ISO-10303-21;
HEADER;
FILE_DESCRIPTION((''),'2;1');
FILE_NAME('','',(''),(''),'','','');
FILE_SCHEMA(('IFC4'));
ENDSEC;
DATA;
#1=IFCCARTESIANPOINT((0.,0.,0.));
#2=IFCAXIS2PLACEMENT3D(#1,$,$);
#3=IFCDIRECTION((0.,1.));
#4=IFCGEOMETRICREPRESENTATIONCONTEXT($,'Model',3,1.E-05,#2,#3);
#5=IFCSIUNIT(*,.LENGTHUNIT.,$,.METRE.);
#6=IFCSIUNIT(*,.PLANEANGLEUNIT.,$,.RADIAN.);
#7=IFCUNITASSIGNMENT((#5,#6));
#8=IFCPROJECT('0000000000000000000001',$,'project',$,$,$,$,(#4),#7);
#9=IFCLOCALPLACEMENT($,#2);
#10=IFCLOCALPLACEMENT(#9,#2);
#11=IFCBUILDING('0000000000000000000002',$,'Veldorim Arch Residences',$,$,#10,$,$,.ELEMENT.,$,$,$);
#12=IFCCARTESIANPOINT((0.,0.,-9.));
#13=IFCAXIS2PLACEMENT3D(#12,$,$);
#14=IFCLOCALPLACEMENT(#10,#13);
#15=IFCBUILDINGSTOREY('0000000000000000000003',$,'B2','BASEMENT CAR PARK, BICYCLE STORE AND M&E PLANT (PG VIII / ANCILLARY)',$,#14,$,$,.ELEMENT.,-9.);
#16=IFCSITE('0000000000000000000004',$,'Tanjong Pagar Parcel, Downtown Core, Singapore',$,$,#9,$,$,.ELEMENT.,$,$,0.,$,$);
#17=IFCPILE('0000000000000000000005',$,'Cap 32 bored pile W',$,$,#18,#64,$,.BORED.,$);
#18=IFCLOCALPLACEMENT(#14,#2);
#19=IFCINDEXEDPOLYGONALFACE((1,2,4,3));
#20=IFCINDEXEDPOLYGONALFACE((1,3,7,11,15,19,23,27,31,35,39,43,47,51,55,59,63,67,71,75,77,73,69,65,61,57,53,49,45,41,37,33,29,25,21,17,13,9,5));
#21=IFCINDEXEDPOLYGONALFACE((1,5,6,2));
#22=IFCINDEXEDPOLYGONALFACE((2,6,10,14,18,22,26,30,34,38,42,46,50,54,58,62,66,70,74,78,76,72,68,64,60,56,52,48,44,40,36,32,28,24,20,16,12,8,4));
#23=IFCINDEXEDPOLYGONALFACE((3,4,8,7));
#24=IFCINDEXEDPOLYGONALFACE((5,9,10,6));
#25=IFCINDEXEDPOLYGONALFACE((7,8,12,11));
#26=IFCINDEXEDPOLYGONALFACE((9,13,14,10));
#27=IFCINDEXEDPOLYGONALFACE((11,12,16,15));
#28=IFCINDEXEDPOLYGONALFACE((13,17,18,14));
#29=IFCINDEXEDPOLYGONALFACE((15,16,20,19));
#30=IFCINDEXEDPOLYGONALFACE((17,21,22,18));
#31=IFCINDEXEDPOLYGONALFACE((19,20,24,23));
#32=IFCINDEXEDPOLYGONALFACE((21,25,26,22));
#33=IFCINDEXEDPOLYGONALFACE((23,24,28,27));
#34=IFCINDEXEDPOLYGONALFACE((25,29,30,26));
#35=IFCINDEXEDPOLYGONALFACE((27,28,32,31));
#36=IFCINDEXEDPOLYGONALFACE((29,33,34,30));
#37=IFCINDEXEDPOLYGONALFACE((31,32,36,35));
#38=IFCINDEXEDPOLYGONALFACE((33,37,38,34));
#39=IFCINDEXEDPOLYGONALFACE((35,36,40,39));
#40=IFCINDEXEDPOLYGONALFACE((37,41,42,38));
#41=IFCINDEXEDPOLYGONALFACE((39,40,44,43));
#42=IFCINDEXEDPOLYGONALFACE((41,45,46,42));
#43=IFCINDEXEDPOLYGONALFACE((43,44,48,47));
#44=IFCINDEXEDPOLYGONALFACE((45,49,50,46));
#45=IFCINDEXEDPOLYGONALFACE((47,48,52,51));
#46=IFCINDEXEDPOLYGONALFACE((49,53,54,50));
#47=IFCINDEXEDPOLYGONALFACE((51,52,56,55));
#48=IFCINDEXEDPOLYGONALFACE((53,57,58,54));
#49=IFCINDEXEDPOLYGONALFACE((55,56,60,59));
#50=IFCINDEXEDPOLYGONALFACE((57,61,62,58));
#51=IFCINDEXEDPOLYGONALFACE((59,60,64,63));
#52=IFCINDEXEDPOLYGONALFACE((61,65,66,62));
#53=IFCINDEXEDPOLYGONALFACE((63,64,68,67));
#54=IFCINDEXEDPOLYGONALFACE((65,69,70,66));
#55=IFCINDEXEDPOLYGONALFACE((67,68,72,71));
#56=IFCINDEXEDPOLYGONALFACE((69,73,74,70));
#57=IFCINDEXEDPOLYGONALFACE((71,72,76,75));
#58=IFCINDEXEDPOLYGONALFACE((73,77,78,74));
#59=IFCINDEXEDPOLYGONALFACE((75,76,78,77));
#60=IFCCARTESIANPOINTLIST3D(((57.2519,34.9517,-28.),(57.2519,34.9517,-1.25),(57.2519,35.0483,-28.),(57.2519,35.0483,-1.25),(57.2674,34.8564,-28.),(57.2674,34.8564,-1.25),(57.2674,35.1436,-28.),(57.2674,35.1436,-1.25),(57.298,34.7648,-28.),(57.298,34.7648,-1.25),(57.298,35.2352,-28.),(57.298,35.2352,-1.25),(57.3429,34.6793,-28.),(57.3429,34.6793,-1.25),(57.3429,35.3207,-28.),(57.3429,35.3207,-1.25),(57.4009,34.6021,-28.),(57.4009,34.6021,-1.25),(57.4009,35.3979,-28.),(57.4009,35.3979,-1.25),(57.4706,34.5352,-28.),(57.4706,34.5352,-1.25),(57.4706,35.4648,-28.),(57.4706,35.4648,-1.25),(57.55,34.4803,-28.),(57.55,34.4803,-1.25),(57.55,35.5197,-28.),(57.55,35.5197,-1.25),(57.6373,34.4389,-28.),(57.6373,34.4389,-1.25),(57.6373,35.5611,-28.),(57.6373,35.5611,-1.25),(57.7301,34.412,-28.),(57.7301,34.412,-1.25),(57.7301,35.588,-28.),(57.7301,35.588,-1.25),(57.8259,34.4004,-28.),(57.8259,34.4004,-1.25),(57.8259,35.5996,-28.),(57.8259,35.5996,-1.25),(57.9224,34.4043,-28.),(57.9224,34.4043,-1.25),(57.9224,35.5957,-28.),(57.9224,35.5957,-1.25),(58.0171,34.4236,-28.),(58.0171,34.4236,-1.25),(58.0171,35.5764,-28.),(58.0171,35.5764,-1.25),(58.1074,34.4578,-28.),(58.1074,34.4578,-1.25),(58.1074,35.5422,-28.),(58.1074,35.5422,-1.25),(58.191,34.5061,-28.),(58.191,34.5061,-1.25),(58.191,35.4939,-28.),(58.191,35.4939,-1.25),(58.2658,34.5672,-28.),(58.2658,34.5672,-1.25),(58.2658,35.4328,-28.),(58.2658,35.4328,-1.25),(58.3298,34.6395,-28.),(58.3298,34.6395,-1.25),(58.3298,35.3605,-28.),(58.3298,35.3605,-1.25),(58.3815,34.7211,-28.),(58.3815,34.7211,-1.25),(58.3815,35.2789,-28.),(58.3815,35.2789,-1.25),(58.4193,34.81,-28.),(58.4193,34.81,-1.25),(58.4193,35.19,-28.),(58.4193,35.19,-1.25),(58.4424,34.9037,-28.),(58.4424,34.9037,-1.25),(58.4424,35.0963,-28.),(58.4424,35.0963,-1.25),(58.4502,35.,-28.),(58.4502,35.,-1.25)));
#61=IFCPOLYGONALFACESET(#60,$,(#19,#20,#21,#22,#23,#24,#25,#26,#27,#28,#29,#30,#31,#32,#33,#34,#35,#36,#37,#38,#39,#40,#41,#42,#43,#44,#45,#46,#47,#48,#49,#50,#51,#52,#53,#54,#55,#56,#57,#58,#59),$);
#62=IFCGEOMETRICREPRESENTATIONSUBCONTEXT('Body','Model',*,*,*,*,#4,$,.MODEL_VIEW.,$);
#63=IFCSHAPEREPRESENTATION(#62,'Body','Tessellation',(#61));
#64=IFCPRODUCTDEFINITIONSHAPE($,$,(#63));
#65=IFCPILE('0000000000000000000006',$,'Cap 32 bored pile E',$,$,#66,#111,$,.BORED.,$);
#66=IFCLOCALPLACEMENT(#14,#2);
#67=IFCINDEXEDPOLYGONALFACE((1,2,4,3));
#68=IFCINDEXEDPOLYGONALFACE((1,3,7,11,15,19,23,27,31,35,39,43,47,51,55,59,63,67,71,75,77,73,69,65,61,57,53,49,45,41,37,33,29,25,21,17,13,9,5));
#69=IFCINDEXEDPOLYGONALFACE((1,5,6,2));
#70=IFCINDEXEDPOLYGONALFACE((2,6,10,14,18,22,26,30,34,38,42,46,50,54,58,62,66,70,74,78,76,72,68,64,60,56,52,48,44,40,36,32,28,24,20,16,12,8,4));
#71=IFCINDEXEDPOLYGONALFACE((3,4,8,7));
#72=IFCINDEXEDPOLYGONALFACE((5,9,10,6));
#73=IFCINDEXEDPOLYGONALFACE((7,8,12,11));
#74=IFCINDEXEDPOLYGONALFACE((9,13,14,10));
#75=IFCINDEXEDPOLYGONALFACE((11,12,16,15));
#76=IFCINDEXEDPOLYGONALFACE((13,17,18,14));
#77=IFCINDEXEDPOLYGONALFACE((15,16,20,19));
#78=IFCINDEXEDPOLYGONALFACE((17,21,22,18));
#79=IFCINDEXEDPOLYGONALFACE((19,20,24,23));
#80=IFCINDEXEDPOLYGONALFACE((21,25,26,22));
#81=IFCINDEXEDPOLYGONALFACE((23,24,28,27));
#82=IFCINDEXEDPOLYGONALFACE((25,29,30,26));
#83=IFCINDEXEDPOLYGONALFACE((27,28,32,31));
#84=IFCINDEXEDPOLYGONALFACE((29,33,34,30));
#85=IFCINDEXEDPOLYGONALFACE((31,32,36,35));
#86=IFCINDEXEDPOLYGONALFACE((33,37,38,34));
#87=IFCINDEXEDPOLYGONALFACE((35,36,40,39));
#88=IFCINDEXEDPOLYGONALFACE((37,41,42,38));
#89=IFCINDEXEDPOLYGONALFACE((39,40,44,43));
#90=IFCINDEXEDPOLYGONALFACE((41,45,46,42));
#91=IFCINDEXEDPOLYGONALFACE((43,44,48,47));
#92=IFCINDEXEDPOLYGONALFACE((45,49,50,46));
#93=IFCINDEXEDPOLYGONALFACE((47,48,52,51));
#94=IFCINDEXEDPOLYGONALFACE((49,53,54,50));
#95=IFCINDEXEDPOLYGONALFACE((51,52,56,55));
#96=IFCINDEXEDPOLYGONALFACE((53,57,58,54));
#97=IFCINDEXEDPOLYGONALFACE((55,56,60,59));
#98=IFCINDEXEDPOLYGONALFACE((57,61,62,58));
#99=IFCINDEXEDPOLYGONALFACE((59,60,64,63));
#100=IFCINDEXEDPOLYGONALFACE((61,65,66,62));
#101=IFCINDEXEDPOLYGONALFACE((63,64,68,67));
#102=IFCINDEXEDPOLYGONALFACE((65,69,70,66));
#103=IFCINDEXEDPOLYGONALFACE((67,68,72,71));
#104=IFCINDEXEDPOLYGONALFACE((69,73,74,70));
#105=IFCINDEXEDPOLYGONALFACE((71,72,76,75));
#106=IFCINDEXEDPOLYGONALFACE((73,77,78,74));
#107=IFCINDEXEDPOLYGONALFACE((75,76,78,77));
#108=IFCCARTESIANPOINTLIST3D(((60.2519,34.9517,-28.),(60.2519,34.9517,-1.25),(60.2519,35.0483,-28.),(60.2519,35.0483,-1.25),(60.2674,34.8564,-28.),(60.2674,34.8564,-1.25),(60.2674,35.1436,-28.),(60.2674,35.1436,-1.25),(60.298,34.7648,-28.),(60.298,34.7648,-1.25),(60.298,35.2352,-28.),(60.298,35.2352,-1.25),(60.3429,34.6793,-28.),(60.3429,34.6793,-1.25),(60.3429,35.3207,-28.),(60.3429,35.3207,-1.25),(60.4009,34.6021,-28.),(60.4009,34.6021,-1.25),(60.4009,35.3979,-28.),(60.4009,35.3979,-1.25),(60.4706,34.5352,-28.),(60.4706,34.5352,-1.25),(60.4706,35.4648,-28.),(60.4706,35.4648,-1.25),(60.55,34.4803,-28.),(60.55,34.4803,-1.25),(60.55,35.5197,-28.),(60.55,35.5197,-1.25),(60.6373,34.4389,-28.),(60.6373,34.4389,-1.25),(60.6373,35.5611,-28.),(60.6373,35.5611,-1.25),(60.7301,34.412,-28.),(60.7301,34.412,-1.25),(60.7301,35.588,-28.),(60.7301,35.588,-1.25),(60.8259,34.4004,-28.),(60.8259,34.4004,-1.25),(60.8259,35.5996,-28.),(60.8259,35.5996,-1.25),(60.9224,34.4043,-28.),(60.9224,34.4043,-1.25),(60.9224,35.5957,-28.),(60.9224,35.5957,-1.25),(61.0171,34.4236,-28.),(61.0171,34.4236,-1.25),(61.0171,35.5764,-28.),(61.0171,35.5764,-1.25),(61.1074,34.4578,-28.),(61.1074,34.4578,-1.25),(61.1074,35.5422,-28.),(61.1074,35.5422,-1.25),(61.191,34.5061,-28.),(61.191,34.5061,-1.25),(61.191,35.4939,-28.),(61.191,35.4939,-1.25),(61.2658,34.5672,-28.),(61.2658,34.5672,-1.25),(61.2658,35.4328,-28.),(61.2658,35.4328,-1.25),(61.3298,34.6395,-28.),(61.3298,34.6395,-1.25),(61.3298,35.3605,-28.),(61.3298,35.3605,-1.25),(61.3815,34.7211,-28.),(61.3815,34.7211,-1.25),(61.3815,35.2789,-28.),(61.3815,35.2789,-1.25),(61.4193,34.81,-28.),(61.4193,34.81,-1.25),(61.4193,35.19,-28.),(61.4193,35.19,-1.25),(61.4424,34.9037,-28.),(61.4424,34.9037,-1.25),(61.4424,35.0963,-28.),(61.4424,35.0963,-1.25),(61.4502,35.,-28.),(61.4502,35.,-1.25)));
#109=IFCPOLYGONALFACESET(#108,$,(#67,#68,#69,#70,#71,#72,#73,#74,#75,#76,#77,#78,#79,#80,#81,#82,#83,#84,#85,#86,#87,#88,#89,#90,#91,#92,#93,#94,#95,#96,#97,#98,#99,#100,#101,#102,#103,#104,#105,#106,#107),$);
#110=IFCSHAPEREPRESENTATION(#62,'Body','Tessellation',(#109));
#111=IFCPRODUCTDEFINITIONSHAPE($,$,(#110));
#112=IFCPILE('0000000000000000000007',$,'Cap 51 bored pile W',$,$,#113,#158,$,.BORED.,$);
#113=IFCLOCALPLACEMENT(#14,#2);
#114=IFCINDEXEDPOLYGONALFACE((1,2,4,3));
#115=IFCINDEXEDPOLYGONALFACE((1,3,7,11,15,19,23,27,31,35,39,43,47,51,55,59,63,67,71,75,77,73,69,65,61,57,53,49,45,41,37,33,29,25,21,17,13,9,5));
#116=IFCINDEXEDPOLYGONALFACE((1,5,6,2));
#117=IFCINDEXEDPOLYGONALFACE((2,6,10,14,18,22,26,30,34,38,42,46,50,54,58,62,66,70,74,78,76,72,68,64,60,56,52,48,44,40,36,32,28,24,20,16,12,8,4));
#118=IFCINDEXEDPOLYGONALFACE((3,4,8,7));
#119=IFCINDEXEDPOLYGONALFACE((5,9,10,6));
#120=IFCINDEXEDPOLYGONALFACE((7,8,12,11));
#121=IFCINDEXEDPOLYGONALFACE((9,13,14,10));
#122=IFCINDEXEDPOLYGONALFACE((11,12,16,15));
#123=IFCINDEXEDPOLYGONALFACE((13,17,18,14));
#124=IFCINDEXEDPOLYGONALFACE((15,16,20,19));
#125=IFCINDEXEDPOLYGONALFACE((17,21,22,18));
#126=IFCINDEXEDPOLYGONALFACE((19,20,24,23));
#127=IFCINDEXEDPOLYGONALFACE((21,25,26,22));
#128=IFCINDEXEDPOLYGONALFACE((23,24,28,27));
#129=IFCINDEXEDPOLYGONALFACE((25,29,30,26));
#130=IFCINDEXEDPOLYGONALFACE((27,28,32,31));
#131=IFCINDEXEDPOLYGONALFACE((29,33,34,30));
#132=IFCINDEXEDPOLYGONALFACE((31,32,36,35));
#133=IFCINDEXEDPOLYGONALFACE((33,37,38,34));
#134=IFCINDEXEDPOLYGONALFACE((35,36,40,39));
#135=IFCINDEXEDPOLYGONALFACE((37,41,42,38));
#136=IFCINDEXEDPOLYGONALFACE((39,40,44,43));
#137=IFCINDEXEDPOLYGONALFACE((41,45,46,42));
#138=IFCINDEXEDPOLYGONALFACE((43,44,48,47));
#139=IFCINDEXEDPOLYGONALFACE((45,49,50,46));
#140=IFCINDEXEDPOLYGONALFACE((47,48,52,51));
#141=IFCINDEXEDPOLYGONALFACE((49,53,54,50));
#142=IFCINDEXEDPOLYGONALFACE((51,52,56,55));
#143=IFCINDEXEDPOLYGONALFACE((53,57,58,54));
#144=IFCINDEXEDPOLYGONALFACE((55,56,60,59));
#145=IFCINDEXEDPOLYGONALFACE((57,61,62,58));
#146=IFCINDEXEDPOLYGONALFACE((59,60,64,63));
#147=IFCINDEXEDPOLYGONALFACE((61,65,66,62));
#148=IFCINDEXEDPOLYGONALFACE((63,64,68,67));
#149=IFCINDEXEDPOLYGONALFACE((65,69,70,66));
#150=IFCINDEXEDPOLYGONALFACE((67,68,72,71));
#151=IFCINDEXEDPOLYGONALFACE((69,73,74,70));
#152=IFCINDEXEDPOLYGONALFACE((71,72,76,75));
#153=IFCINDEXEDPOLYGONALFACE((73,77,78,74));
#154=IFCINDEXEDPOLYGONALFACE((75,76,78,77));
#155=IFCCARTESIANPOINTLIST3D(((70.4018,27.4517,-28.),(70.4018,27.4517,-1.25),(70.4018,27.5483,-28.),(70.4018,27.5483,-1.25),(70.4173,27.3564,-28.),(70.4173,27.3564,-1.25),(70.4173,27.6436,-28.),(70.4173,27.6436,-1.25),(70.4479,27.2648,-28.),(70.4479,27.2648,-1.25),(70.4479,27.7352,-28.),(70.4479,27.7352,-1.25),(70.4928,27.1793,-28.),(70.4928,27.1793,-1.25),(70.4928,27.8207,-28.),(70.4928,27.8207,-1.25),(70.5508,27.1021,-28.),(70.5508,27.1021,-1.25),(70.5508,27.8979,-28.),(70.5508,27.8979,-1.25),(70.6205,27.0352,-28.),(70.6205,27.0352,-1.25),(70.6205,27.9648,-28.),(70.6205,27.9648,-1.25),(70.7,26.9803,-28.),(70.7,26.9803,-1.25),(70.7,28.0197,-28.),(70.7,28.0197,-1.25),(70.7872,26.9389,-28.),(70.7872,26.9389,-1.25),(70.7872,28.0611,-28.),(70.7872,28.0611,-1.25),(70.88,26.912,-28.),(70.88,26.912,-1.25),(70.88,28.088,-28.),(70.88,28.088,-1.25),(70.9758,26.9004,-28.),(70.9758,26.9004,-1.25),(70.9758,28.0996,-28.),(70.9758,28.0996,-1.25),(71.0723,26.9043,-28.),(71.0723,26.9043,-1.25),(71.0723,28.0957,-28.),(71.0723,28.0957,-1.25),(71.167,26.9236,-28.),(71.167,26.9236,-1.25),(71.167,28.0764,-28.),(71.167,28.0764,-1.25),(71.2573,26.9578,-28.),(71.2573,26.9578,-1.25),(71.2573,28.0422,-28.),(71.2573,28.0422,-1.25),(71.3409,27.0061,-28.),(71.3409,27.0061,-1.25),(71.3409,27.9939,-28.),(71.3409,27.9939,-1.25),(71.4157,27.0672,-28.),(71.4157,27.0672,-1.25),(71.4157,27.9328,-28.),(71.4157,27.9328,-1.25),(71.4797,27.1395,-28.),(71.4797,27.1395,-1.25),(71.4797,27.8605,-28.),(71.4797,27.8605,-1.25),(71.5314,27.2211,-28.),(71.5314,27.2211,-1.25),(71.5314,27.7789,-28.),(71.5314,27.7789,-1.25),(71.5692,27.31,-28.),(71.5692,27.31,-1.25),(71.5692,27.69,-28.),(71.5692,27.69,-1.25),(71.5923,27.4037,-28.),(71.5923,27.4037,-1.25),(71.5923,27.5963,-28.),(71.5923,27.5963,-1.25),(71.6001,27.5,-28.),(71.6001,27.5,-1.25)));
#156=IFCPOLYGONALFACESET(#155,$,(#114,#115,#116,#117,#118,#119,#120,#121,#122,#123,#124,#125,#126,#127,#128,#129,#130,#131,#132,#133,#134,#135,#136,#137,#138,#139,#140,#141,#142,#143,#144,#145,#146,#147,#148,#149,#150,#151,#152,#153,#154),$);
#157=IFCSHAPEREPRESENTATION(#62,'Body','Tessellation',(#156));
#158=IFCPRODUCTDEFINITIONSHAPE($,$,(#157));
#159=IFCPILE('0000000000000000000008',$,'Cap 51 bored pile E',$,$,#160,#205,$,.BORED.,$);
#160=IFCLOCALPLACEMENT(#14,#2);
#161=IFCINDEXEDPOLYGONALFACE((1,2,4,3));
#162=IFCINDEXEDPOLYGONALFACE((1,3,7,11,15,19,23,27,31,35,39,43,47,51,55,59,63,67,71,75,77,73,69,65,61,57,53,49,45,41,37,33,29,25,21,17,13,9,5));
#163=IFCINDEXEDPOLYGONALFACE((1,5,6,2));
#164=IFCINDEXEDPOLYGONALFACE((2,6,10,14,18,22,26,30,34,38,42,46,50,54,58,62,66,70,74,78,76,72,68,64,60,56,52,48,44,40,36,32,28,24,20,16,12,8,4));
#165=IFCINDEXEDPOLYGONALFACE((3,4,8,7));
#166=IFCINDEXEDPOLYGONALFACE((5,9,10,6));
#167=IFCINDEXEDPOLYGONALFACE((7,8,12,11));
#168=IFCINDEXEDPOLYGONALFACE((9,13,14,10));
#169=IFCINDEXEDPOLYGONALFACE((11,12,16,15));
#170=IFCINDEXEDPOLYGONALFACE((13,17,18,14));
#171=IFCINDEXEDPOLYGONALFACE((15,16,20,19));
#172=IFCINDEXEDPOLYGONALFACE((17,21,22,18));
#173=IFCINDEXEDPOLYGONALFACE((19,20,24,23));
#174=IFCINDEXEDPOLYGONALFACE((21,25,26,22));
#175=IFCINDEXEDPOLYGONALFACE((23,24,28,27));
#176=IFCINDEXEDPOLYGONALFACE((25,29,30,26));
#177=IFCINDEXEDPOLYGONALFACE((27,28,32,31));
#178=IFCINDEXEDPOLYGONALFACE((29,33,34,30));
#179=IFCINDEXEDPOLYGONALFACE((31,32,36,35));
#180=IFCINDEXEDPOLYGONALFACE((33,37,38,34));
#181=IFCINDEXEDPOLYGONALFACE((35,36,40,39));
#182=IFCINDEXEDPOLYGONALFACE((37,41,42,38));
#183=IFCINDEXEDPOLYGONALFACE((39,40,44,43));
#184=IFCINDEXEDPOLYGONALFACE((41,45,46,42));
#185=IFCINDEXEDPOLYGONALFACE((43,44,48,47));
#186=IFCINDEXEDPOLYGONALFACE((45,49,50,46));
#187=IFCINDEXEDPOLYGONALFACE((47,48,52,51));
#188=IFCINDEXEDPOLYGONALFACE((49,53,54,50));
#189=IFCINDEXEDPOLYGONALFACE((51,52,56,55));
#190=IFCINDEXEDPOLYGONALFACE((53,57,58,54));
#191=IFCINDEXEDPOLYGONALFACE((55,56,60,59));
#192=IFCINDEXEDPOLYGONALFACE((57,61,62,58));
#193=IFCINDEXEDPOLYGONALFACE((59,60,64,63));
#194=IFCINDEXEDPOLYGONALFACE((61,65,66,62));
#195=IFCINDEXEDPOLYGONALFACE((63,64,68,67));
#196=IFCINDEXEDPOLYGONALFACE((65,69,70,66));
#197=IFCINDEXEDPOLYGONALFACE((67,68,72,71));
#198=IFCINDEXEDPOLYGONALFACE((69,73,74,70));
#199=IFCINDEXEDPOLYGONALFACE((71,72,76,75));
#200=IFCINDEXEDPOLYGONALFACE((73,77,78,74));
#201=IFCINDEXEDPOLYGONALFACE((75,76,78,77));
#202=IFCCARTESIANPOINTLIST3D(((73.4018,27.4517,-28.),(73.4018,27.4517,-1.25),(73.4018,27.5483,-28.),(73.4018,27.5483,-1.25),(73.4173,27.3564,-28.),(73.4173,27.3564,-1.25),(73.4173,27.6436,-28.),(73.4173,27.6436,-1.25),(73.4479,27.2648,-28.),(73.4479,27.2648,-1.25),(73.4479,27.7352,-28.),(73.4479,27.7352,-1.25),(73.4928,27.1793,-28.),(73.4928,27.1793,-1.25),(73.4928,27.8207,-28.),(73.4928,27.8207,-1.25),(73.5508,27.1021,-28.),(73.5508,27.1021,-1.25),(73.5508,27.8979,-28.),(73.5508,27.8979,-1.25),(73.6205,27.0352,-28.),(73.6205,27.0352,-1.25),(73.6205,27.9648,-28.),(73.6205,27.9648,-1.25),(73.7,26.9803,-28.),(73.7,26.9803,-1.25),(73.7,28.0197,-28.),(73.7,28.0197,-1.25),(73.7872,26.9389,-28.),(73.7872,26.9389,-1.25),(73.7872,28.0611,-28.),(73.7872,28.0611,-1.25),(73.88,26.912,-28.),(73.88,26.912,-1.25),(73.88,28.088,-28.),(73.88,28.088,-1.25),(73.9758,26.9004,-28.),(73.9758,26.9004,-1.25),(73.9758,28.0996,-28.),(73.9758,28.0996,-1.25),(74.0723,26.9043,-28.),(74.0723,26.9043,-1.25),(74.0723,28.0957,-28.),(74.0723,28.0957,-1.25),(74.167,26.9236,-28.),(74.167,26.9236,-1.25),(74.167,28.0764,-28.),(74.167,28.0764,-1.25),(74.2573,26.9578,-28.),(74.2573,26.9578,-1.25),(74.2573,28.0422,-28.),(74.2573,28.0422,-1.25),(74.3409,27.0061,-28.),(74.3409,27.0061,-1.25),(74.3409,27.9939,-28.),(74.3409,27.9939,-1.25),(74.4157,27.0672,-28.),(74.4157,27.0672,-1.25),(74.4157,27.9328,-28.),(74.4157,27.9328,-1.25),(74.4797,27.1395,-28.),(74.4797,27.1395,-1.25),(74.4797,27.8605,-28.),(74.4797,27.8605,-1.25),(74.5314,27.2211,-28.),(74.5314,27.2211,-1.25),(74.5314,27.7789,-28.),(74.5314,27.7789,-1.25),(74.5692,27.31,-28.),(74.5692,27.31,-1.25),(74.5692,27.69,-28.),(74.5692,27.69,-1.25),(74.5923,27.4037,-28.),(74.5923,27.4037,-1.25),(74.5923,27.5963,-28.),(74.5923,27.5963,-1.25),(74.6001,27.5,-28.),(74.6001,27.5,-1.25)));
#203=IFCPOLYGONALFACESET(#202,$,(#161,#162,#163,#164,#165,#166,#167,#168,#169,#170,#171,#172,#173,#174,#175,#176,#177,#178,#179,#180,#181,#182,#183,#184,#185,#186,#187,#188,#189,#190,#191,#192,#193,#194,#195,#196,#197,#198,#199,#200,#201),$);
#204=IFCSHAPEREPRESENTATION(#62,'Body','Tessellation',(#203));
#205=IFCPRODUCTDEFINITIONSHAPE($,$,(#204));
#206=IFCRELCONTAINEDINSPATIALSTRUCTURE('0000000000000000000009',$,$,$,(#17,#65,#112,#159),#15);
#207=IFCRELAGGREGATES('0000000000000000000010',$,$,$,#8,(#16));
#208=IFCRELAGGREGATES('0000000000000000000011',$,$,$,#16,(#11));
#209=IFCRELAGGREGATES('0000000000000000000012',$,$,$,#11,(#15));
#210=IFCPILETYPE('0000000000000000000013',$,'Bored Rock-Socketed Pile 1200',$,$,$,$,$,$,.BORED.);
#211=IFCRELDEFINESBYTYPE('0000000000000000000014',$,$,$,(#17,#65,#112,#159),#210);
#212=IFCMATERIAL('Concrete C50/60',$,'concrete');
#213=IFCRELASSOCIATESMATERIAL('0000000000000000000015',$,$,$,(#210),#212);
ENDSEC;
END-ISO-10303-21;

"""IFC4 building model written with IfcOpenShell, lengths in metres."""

from ifc_helpers import new_model, si_unit, direction, frame, origin, origin_2d, place, context, subcontext, project, spatial, circle, extrude, material, material_profile, profile_set, type_object, element, save


model = new_model("IFC4")

# Units and contexts
model_context = context("Model", 3, precision=1e-05, world=origin(), true_north=direction((0.0, 1.0)))
body_context = subcontext(model_context, "Body", "Model", "MODEL_VIEW")
ifc_project = project(units=[si_unit("LENGTHUNIT", "METRE"), si_unit("PLANEANGLEUNIT", "RADIAN")], contexts=[model_context])

# Site, building, storey
site_placement = place(None, origin())
site = spatial("IfcSite", under=ifc_project, at=site_placement, Name="Tanjong Pagar Parcel, Downtown Core, Singapore", CompositionType="ELEMENT", RefElevation=0.0)
building_placement = place(site_placement, origin())
building = spatial("IfcBuilding", under=site, at=building_placement, Name="Veldorim Arch Residences", CompositionType="ELEMENT")
storey_placement = place(building_placement, frame((0.0, 0.0, -9.0)))
storey = spatial("IfcBuildingStorey", under=building, at=storey_placement, Name="B2", Description="BASEMENT CAR PARK, BICYCLE STORE AND M&E PLANT (PG VIII / ANCILLARY)", CompositionType="ELEMENT", Elevation=-9.0)

# Piles
ifc_material_1 = material(Name="Concrete C50/60", Category="concrete")
ifc_material_profile_1 = material_profile(ifc_material_1, circle(Radius=0.6001, at=origin_2d()), Name="PILE_1200")
ifc_profile_set_1 = profile_set([ifc_material_profile_1], Name="Concrete C50/60")
pile_type = type_object("IfcPileType", Name="Bored Rock-Socketed Pile 1200", PredefinedType="BORED", material=ifc_profile_set_1)
for number, where, z_axis, x_axis, name in (
    (1, (57.8501, 35.0, -1.25), (0.0, 0.0, -1.0), (1.0, 0.0, 0.0), "Cap 32 bored pile W"),
    (2, (60.8501, 35.0, -1.25), (0.0, 0.0, -1.0), (1.0, 0.0, 0.0), "Cap 32 bored pile E"),
    (3, (71.0, 27.5, -1.25), (0.0, 0.0, -1.0), (1.0, 0.0, 0.0), "Cap 51 bored pile W"),
    (4, (74.0, 27.5, -1.25), (0.0, 0.0, -1.0), (1.0, 0.0, 0.0), "Cap 51 bored pile E"),
):
    element("IfcPile", number, at=place(storey_placement, frame(where, z_axis=z_axis, x_axis=x_axis)), inside=storey, type_object=pile_type, Name=name, PredefinedType="BORED", context=body_context, shape_type="SweptSolid", body=[
        extrude(circle(Radius=0.6001, at=origin_2d()), origin(), (0.0, 0.0, 1.0), 26.75),
    ])

save(model, "model.ifc")
